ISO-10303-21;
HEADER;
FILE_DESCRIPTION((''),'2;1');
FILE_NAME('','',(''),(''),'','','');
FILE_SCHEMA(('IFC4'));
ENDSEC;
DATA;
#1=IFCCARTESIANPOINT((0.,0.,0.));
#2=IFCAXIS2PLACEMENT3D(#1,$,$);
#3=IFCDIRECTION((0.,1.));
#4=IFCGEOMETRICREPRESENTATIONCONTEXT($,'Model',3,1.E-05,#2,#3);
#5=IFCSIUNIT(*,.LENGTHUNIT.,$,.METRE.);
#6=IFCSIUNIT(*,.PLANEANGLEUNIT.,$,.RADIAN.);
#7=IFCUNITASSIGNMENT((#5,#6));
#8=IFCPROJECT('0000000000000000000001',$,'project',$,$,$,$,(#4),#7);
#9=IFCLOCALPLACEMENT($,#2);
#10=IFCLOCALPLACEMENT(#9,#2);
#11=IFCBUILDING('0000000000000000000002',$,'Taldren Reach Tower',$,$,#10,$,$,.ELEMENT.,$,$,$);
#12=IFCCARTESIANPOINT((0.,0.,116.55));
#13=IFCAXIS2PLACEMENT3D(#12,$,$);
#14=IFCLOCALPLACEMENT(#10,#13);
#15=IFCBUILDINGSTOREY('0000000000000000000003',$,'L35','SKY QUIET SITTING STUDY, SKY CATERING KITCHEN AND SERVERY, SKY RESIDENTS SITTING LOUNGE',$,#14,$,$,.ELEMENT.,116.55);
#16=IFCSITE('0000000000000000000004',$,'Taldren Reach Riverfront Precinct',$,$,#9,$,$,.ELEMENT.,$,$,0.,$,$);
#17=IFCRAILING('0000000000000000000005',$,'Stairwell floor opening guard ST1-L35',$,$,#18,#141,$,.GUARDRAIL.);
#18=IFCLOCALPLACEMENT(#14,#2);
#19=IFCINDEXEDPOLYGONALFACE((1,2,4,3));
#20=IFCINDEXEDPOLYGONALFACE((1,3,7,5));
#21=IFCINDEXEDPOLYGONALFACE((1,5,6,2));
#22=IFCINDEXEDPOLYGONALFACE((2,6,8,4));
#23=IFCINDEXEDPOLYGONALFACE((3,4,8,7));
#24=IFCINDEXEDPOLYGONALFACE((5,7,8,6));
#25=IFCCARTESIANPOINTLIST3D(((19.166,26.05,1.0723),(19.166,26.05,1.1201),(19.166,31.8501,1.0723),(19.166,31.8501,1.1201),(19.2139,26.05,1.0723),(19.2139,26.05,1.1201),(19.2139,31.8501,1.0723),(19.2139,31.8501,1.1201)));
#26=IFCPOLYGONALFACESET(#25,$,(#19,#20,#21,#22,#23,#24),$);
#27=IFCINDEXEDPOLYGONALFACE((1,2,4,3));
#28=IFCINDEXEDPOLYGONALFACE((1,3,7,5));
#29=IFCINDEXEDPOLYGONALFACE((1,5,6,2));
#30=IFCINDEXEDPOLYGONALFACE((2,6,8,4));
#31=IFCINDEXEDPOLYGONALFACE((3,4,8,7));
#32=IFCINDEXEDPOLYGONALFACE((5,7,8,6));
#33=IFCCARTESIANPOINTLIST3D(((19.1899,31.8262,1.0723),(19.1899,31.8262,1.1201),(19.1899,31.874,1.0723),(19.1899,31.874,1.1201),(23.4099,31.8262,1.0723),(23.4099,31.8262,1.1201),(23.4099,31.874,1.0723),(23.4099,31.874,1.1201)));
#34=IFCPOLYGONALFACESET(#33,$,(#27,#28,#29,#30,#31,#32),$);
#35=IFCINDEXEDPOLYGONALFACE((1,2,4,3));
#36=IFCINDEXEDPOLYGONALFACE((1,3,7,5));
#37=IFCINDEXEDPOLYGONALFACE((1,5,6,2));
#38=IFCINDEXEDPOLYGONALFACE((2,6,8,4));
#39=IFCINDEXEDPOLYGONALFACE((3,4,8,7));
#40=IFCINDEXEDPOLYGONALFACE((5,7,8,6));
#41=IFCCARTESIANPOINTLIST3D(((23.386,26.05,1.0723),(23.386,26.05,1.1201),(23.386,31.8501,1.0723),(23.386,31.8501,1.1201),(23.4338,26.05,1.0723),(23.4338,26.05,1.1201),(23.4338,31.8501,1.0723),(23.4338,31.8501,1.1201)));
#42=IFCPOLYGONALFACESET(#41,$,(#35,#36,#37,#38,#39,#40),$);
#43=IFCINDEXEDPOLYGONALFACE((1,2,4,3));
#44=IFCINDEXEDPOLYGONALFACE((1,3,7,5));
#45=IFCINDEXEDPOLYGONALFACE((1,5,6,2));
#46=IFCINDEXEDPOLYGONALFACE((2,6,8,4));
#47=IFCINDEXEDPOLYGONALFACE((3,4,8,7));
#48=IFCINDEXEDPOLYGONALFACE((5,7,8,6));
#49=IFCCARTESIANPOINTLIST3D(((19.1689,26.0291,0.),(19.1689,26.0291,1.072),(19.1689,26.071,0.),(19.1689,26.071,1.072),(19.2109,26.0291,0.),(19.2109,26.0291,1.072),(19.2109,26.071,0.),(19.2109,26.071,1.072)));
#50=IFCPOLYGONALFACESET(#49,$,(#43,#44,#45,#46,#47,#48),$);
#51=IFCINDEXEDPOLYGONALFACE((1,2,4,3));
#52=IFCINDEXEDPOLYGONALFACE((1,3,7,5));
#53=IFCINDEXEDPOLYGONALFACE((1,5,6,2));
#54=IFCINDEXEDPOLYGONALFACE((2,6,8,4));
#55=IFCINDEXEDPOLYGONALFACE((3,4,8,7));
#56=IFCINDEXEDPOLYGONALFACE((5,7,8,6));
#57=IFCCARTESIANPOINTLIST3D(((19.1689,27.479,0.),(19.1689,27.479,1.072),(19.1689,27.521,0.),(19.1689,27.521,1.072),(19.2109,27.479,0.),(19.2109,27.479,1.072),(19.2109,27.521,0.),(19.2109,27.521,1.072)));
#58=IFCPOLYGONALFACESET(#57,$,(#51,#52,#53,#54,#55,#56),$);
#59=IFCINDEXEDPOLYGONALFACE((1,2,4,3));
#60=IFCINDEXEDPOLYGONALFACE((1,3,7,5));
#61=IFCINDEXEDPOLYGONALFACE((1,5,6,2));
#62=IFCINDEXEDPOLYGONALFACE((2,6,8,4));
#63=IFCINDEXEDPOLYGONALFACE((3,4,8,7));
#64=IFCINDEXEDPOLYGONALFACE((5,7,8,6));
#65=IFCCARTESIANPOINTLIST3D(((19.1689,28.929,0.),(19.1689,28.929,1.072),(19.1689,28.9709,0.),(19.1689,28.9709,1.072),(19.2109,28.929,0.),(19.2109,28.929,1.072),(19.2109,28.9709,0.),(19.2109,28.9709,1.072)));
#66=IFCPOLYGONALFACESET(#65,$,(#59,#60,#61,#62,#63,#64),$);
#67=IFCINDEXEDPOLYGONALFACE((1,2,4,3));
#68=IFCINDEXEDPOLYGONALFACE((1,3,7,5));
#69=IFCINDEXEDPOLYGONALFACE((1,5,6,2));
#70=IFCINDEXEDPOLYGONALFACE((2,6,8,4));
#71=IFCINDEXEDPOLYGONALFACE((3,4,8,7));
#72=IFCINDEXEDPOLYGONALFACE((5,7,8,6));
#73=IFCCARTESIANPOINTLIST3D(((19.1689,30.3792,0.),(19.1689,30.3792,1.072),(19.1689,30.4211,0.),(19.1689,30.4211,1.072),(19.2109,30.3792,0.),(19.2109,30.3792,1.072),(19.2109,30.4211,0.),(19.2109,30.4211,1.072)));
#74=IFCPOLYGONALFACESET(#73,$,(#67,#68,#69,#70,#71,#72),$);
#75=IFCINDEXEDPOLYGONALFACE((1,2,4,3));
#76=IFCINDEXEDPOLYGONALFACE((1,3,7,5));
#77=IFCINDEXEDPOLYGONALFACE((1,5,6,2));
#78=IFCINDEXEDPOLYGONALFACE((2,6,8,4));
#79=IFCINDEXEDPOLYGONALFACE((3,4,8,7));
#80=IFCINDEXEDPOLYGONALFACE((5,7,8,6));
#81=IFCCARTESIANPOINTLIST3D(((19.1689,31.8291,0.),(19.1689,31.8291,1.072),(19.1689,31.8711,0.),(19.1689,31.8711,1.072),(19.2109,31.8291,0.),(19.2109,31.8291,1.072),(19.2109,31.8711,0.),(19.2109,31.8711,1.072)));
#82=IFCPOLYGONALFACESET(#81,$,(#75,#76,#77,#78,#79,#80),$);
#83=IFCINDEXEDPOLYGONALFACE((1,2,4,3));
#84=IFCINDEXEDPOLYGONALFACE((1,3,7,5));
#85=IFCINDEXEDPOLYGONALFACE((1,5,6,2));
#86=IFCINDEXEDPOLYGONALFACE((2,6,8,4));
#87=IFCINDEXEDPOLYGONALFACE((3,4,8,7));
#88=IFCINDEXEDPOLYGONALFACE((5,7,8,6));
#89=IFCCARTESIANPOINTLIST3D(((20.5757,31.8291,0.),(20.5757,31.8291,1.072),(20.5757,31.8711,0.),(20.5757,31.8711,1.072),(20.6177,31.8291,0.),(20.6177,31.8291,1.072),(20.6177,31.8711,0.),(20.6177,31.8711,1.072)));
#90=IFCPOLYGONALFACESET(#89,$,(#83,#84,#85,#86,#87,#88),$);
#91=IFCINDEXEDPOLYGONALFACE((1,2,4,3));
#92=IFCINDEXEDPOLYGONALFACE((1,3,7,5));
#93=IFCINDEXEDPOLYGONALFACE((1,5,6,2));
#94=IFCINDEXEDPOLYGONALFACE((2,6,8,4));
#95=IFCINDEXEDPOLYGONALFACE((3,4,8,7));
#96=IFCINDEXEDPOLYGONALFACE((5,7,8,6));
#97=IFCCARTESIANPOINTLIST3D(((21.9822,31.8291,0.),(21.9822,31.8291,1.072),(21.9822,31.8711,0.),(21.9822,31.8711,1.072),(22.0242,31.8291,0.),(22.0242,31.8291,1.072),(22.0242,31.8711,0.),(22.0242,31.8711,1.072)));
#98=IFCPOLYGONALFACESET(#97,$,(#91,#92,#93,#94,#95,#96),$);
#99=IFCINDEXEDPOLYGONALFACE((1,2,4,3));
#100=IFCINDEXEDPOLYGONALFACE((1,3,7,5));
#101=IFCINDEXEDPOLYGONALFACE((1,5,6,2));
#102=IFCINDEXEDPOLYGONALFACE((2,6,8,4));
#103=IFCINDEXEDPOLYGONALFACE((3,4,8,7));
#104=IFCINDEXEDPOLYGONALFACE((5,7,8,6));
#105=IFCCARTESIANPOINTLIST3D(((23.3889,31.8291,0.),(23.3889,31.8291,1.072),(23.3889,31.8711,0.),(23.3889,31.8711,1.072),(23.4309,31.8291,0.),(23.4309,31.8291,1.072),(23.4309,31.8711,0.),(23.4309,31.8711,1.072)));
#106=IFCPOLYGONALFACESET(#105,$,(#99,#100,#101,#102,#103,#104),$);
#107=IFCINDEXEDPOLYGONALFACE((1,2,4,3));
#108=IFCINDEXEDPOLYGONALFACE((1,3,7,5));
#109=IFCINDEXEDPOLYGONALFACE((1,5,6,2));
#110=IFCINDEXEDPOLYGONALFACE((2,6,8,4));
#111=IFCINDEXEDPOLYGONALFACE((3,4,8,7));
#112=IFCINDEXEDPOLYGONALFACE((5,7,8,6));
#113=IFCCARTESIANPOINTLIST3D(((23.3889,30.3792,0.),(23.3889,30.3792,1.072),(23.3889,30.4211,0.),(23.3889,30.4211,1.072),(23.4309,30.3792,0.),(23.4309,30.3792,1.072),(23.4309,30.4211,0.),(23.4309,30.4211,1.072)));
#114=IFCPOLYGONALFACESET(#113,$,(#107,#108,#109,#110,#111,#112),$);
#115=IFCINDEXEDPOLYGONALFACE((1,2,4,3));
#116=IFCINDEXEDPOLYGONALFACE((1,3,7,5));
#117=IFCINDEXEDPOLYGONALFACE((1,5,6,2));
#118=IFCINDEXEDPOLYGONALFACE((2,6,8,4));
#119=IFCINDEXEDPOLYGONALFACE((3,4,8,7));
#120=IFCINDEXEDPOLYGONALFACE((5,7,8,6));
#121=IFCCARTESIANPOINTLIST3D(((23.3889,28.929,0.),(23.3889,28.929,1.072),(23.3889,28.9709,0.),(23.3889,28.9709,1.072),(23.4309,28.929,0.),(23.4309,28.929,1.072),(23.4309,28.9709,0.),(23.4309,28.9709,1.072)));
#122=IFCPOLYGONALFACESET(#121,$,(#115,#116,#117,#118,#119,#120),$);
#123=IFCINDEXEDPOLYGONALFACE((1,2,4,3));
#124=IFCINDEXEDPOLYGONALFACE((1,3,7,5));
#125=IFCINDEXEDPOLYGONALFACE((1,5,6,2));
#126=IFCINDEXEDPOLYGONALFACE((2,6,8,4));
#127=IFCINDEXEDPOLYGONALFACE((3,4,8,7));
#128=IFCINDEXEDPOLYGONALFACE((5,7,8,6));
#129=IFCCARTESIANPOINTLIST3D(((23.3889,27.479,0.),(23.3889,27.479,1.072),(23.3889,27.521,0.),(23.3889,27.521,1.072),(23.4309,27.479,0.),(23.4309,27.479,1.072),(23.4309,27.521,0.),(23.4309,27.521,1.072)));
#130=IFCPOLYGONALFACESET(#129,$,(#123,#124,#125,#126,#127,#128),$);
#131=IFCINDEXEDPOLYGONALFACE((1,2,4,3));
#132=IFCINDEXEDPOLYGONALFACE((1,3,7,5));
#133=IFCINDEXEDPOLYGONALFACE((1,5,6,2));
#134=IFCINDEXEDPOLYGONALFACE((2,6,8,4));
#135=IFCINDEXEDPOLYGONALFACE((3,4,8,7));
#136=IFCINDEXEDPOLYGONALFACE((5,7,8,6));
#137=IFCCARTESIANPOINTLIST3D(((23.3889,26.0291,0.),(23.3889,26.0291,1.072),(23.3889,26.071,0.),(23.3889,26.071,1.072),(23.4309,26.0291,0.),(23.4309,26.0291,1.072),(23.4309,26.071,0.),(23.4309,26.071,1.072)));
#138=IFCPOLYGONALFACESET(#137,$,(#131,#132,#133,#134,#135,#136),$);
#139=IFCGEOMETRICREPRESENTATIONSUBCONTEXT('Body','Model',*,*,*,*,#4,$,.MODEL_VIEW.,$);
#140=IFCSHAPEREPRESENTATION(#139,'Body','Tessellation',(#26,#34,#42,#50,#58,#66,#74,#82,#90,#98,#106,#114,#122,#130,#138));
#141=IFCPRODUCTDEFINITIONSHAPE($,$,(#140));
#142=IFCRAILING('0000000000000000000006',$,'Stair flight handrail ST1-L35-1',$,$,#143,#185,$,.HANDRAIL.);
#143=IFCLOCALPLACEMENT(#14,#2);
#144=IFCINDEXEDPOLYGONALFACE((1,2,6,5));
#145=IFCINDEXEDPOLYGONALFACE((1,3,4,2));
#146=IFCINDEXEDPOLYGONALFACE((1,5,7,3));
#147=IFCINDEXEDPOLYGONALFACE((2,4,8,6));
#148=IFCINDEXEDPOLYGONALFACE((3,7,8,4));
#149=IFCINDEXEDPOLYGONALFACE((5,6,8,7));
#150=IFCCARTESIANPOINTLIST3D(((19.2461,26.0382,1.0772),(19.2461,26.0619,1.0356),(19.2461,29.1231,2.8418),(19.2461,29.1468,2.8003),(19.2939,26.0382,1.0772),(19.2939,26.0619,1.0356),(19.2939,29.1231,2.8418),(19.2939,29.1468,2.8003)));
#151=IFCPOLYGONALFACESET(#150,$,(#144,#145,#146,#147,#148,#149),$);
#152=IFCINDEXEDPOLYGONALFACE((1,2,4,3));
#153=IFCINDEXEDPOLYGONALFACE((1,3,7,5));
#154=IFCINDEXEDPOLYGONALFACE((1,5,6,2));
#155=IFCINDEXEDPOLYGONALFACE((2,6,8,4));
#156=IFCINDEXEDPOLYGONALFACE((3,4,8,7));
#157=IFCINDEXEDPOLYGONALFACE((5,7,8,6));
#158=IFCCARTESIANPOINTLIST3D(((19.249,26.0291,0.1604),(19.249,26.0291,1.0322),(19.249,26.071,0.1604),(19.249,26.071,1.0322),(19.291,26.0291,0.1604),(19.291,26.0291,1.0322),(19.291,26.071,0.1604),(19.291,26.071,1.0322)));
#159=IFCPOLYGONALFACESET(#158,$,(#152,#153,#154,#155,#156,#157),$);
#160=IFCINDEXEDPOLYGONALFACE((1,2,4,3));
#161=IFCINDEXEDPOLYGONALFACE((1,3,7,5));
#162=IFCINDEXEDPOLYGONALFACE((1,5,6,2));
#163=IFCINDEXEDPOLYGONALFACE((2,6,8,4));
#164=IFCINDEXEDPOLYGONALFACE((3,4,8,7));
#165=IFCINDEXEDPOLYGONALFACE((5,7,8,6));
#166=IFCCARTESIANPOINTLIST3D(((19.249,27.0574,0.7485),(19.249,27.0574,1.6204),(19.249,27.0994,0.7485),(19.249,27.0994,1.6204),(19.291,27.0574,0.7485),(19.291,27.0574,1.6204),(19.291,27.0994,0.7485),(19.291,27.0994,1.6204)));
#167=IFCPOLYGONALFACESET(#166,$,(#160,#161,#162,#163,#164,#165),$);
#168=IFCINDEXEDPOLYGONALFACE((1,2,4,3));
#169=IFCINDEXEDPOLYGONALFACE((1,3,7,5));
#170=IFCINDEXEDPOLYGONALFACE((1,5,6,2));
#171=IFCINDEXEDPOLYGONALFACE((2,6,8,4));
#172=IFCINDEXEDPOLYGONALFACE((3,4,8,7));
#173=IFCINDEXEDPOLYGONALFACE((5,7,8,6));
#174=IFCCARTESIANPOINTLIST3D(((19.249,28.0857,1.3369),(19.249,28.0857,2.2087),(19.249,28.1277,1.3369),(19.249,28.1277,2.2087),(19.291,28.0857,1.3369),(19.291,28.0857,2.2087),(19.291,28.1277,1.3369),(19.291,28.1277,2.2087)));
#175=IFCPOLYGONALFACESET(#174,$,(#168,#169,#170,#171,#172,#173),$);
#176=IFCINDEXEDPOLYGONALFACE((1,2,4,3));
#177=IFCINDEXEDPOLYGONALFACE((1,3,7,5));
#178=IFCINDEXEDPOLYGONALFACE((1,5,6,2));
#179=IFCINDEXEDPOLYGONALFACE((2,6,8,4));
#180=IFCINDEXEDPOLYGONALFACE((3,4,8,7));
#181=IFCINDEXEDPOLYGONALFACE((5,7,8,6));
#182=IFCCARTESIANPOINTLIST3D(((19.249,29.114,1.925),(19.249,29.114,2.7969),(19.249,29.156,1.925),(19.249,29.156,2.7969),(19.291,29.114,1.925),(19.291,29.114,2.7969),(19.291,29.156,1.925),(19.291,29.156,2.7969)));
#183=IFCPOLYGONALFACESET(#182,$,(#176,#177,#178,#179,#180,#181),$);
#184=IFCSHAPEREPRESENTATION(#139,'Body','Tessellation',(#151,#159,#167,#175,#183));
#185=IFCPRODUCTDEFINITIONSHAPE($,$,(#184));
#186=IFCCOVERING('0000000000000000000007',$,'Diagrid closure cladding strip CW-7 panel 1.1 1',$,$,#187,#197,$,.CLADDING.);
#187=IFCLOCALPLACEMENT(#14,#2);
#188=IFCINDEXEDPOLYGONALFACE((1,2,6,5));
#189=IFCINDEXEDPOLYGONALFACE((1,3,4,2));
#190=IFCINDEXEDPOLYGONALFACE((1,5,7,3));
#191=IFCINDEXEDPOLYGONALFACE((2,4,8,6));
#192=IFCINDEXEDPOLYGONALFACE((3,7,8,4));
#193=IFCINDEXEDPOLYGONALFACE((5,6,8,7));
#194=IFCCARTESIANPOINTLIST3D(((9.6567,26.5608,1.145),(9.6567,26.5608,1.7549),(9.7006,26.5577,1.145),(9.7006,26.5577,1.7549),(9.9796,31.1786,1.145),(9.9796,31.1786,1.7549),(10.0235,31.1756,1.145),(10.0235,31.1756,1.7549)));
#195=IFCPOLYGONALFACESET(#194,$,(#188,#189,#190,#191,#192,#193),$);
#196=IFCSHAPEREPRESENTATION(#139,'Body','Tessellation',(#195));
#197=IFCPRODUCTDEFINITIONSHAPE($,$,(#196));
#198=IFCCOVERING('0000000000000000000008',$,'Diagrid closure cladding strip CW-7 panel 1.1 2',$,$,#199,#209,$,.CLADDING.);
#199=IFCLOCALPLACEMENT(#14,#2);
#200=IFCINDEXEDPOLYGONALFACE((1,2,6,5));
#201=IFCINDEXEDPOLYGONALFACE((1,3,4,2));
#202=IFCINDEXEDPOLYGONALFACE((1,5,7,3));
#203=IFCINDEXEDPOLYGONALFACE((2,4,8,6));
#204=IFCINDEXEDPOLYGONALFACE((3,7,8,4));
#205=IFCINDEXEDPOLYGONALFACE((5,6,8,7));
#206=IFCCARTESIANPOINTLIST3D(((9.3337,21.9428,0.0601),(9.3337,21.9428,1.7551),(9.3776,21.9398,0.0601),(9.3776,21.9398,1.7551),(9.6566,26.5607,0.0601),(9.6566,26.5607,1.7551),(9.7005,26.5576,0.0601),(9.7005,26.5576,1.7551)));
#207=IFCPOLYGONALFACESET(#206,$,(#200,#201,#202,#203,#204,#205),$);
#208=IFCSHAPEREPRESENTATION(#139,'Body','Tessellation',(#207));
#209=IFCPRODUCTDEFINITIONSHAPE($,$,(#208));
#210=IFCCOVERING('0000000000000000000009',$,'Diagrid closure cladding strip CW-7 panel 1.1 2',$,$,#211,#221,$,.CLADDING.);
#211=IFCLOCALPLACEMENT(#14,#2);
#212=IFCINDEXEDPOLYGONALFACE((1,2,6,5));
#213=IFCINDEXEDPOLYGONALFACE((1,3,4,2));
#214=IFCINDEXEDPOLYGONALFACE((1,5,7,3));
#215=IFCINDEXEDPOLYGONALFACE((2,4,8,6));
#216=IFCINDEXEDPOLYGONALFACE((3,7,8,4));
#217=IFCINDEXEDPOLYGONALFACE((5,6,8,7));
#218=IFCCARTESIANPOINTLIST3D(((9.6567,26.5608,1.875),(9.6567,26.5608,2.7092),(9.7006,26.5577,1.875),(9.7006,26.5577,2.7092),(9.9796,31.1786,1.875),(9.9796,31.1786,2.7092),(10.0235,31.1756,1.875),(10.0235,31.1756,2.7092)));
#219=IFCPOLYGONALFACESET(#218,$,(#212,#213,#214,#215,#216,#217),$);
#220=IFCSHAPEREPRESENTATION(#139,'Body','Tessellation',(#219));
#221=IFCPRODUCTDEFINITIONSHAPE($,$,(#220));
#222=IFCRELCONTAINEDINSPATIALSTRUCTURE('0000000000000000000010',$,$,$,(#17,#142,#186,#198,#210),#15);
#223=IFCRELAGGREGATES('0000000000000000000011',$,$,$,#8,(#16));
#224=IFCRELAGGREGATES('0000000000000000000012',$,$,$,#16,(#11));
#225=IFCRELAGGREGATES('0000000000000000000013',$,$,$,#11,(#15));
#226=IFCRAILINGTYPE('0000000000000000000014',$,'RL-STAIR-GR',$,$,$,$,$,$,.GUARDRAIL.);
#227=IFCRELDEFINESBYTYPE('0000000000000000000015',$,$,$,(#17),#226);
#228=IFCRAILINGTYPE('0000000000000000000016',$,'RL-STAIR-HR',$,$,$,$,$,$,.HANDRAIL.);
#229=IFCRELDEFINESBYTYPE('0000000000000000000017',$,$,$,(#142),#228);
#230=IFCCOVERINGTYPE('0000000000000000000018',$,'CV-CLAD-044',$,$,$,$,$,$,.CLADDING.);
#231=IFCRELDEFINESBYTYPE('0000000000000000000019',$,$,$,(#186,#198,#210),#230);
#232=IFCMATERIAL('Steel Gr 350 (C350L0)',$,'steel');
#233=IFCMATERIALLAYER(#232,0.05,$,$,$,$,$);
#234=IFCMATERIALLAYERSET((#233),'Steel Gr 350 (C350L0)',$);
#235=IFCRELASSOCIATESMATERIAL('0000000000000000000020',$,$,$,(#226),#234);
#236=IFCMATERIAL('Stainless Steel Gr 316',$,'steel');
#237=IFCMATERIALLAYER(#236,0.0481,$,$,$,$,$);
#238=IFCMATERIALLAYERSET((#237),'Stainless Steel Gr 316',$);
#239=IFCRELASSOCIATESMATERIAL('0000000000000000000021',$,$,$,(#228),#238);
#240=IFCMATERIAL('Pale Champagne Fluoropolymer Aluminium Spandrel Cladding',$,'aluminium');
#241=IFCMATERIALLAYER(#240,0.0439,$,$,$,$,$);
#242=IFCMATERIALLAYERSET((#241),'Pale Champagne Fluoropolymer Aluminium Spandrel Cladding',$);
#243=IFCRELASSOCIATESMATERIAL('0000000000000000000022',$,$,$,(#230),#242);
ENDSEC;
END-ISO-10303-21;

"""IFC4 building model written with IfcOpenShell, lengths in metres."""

from ifc_helpers import new_model, si_unit, direction, frame, origin, origin_2d, place, context, subcontext, project, spatial, rectangle, extrude, source, transform, mapped, material, layer, layer_set, type_object, element, save


model = new_model("IFC4")

# Units and contexts
model_context = context("Model", 3, precision=1e-05, world=origin(), true_north=direction((0.0, 1.0)))
body_context = subcontext(model_context, "Body", "Model", "MODEL_VIEW")
ifc_project = project(units=[si_unit("LENGTHUNIT", "METRE"), si_unit("PLANEANGLEUNIT", "RADIAN")], contexts=[model_context])

# Site, building, storey
site_placement = place(None, origin())
site = spatial("IfcSite", under=ifc_project, at=site_placement, Name="Taldren Reach Riverfront Precinct", CompositionType="ELEMENT", RefElevation=0.0)
building_placement = place(site_placement, origin())
building = spatial("IfcBuilding", under=site, at=building_placement, Name="Taldren Reach Tower", CompositionType="ELEMENT")
storey_placement = place(building_placement, frame((0.0, 0.0, 116.55)))
storey = spatial("IfcBuildingStorey", under=building, at=storey_placement, Name="L35", Description="SKY QUIET SITTING STUDY, SKY CATERING KITCHEN AND SERVERY, SKY RESIDENTS SITTING LOUNGE", CompositionType="ELEMENT", Elevation=116.55)

# Shared definitions
ifc_material_1 = material(Name="Steel Gr 350 (C350L0)", Category="steel")

# Railings
ifc_layer_1 = layer(ifc_material_1, 0.05)
ifc_layer_set_1 = layer_set([ifc_layer_1], Name="Steel Gr 350 (C350L0)")
railing_type_1 = type_object("IfcRailingType", Name="RL-STAIR-GR", PredefinedType="GUARDRAIL", material=ifc_layer_set_1)
railing_1_placement = place(storey_placement, frame((19.1899, 26.05, 0.0)))
element("IfcRailing", 1, at=railing_1_placement, inside=storey, type_object=railing_type_1, Name="Stairwell floor opening guard ST1-L35", PredefinedType="GUARDRAIL", context=body_context, shape_type="SweptSolid", body=[
    extrude(rectangle(XDim=0.0479, YDim=0.0479, at=origin_2d()), frame((0.0, 0.0, 1.0962), z_axis=(0.0, 1.0, 0.0), x_axis=(-1.0, 0.0, 0.0)), (0.0, 0.0, 1.0), 5.8),
    extrude(rectangle(XDim=0.0479, YDim=0.0479, at=origin_2d()), frame((0.0, 5.8, 1.0962), z_axis=(1.0, 0.0, 0.0), x_axis=(0.0, 1.0, 0.0)), (0.0, 0.0, 1.0), 4.22),
    extrude(rectangle(XDim=0.0479, YDim=0.0479, at=origin_2d()), frame((4.22, 5.8, 1.0962), z_axis=(0.0, -1.0, 0.0), x_axis=(1.0, 0.0, 0.0)), (0.0, 0.0, 1.0), 5.8),
    extrude(rectangle(XDim=0.042, YDim=0.042, at=origin_2d()), origin(), (0.0, 0.0, 1.0), 1.072),
    extrude(rectangle(XDim=0.042, YDim=0.042, at=origin_2d()), frame((0.0, 1.45, 0.0)), (0.0, 0.0, 1.0), 1.072),
    extrude(rectangle(XDim=0.042, YDim=0.042, at=origin_2d()), frame((0.0, 2.8999, 0.0)), (0.0, 0.0, 1.0), 1.072),
    extrude(rectangle(XDim=0.042, YDim=0.042, at=origin_2d()), frame((0.0, 4.3501, 0.0)), (0.0, 0.0, 1.0), 1.072),
    extrude(rectangle(XDim=0.042, YDim=0.042, at=origin_2d()), frame((0.0, 5.8, 0.0)), (0.0, 0.0, 1.0), 1.072),
    extrude(rectangle(XDim=0.042, YDim=0.042, at=origin_2d()), frame((1.4067, 5.8, 0.0)), (0.0, 0.0, 1.0), 1.072),
    extrude(rectangle(XDim=0.042, YDim=0.042, at=origin_2d()), frame((2.8132, 5.8, 0.0)), (0.0, 0.0, 1.0), 1.072),
    extrude(rectangle(XDim=0.042, YDim=0.042, at=origin_2d()), frame((4.22, 5.8, 0.0)), (0.0, 0.0, 1.0), 1.072),
    extrude(rectangle(XDim=0.042, YDim=0.042, at=origin_2d()), frame((4.22, 4.3501, 0.0)), (0.0, 0.0, 1.0), 1.072),
    extrude(rectangle(XDim=0.042, YDim=0.042, at=origin_2d()), frame((4.22, 2.8999, 0.0)), (0.0, 0.0, 1.0), 1.072),
    extrude(rectangle(XDim=0.042, YDim=0.042, at=origin_2d()), frame((4.22, 1.45, 0.0)), (0.0, 0.0, 1.0), 1.072),
    extrude(rectangle(XDim=0.042, YDim=0.042, at=origin_2d()), frame((4.22, 0.0, 0.0)), (0.0, 0.0, 1.0), 1.072),
])
ifc_material_2 = material(Name="Stainless Steel Gr 316", Category="steel")
ifc_layer_2 = layer(ifc_material_2, 0.0481)
ifc_layer_set_2 = layer_set([ifc_layer_2], Name="Stainless Steel Gr 316")
railing_type_2 = type_object("IfcRailingType", Name="RL-STAIR-HR", PredefinedType="HANDRAIL", material=ifc_layer_set_2)
railing_2_placement = place(storey_placement, frame((19.27, 26.05, 0.1604)))
element("IfcRailing", 2, at=railing_2_placement, inside=storey, type_object=railing_type_2, Name="Stair flight handrail ST1-L35-1", PredefinedType="HANDRAIL", context=body_context, shape_type="SweptSolid", body=[
    extrude(rectangle(XDim=0.0479, YDim=0.0479, at=origin_2d()), frame((0.0, 0.0, 0.896), z_axis=(0.0, 0.868023, 0.496524), x_axis=(-1.0, 0.0, 0.0)), (0.0, 0.0, 1.0), 3.554),
    extrude(rectangle(XDim=0.042, YDim=0.042, at=origin_2d()), origin(), (0.0, 0.0, 1.0), 0.8718),
    extrude(rectangle(XDim=0.042, YDim=0.042, at=origin_2d()), frame((0.0, 1.0283, 0.5881)), (0.0, 0.0, 1.0), 0.8718),
    extrude(rectangle(XDim=0.042, YDim=0.042, at=origin_2d()), frame((0.0, 2.0566, 1.1765)), (0.0, 0.0, 1.0), 0.8718),
    extrude(rectangle(XDim=0.042, YDim=0.042, at=origin_2d()), frame((0.0, 3.085, 1.7646)), (0.0, 0.0, 1.0), 0.8718),
])

# Coverings
ifc_material_3 = material(Name="Pale Champagne Fluoropolymer Aluminium Spandrel Cladding", Category="aluminium")
ifc_layer_3 = layer(ifc_material_3, 0.0439)
ifc_layer_set_3 = layer_set([ifc_layer_3], Name="Pale Champagne Fluoropolymer Aluminium Spandrel Cladding")
covering_type = type_object("IfcCoveringType", Name="CV-CLAD-044", PredefinedType="CLADDING", material=ifc_layer_set_3)
shared_shape_1 = source(origin(), body_context, "Body", "SweptSolid", [
    extrude(rectangle(XDim=4.6292, YDim=0.0439, at=origin_2d()), origin(), (0.0, 0.0, 1.0), 0.6099),
])
covering_1_placement = place(storey_placement, frame((9.8401, 28.8682, 1.145), z_axis=(0.0, 0.0, 1.0), x_axis=(-0.069756, -0.997564, 0.0)))
element("IfcCovering", 3, at=covering_1_placement, inside=storey, type_object=covering_type, Name="Diagrid closure cladding strip CW-7 panel 1.1 1", PredefinedType="CLADDING", context=body_context, shape_type="MappedRepresentation", body=[
    mapped(shared_shape_1, transform((0.0, 0.0, 0.0), scale=1.0)),
])
shared_shape_2 = source(origin(), body_context, "Body", "SweptSolid", [
    extrude(rectangle(XDim=4.6292, YDim=0.0439, at=origin_2d()), origin(), (0.0, 0.0, 1.0), 1.6951),
])
covering_2_placement = place(storey_placement, frame((9.5171, 24.2502, 0.0601), z_axis=(0.0, 0.0, 1.0), x_axis=(-0.069756, -0.997564, 0.0)))
element("IfcCovering", 4, at=covering_2_placement, inside=storey, type_object=covering_type, Name="Diagrid closure cladding strip CW-7 panel 1.1 2", PredefinedType="CLADDING", context=body_context, shape_type="MappedRepresentation", body=[
    mapped(shared_shape_2, transform((0.0, 0.0, 0.0), scale=1.0)),
])
shared_shape_3 = source(origin(), body_context, "Body", "SweptSolid", [
    extrude(rectangle(XDim=4.6292, YDim=0.0439, at=origin_2d()), origin(), (0.0, 0.0, 1.0), 0.8342),
])
covering_3_placement = place(storey_placement, frame((9.8401, 28.8682, 1.875), z_axis=(0.0, 0.0, 1.0), x_axis=(-0.069756, -0.997564, 0.0)))
element("IfcCovering", 5, at=covering_3_placement, inside=storey, type_object=covering_type, Name="Diagrid closure cladding strip CW-7 panel 1.1 2", PredefinedType="CLADDING", context=body_context, shape_type="MappedRepresentation", body=[
    mapped(shared_shape_3, transform((0.0, 0.0, 0.0), scale=1.0)),
])

save(model, "model.ifc")
